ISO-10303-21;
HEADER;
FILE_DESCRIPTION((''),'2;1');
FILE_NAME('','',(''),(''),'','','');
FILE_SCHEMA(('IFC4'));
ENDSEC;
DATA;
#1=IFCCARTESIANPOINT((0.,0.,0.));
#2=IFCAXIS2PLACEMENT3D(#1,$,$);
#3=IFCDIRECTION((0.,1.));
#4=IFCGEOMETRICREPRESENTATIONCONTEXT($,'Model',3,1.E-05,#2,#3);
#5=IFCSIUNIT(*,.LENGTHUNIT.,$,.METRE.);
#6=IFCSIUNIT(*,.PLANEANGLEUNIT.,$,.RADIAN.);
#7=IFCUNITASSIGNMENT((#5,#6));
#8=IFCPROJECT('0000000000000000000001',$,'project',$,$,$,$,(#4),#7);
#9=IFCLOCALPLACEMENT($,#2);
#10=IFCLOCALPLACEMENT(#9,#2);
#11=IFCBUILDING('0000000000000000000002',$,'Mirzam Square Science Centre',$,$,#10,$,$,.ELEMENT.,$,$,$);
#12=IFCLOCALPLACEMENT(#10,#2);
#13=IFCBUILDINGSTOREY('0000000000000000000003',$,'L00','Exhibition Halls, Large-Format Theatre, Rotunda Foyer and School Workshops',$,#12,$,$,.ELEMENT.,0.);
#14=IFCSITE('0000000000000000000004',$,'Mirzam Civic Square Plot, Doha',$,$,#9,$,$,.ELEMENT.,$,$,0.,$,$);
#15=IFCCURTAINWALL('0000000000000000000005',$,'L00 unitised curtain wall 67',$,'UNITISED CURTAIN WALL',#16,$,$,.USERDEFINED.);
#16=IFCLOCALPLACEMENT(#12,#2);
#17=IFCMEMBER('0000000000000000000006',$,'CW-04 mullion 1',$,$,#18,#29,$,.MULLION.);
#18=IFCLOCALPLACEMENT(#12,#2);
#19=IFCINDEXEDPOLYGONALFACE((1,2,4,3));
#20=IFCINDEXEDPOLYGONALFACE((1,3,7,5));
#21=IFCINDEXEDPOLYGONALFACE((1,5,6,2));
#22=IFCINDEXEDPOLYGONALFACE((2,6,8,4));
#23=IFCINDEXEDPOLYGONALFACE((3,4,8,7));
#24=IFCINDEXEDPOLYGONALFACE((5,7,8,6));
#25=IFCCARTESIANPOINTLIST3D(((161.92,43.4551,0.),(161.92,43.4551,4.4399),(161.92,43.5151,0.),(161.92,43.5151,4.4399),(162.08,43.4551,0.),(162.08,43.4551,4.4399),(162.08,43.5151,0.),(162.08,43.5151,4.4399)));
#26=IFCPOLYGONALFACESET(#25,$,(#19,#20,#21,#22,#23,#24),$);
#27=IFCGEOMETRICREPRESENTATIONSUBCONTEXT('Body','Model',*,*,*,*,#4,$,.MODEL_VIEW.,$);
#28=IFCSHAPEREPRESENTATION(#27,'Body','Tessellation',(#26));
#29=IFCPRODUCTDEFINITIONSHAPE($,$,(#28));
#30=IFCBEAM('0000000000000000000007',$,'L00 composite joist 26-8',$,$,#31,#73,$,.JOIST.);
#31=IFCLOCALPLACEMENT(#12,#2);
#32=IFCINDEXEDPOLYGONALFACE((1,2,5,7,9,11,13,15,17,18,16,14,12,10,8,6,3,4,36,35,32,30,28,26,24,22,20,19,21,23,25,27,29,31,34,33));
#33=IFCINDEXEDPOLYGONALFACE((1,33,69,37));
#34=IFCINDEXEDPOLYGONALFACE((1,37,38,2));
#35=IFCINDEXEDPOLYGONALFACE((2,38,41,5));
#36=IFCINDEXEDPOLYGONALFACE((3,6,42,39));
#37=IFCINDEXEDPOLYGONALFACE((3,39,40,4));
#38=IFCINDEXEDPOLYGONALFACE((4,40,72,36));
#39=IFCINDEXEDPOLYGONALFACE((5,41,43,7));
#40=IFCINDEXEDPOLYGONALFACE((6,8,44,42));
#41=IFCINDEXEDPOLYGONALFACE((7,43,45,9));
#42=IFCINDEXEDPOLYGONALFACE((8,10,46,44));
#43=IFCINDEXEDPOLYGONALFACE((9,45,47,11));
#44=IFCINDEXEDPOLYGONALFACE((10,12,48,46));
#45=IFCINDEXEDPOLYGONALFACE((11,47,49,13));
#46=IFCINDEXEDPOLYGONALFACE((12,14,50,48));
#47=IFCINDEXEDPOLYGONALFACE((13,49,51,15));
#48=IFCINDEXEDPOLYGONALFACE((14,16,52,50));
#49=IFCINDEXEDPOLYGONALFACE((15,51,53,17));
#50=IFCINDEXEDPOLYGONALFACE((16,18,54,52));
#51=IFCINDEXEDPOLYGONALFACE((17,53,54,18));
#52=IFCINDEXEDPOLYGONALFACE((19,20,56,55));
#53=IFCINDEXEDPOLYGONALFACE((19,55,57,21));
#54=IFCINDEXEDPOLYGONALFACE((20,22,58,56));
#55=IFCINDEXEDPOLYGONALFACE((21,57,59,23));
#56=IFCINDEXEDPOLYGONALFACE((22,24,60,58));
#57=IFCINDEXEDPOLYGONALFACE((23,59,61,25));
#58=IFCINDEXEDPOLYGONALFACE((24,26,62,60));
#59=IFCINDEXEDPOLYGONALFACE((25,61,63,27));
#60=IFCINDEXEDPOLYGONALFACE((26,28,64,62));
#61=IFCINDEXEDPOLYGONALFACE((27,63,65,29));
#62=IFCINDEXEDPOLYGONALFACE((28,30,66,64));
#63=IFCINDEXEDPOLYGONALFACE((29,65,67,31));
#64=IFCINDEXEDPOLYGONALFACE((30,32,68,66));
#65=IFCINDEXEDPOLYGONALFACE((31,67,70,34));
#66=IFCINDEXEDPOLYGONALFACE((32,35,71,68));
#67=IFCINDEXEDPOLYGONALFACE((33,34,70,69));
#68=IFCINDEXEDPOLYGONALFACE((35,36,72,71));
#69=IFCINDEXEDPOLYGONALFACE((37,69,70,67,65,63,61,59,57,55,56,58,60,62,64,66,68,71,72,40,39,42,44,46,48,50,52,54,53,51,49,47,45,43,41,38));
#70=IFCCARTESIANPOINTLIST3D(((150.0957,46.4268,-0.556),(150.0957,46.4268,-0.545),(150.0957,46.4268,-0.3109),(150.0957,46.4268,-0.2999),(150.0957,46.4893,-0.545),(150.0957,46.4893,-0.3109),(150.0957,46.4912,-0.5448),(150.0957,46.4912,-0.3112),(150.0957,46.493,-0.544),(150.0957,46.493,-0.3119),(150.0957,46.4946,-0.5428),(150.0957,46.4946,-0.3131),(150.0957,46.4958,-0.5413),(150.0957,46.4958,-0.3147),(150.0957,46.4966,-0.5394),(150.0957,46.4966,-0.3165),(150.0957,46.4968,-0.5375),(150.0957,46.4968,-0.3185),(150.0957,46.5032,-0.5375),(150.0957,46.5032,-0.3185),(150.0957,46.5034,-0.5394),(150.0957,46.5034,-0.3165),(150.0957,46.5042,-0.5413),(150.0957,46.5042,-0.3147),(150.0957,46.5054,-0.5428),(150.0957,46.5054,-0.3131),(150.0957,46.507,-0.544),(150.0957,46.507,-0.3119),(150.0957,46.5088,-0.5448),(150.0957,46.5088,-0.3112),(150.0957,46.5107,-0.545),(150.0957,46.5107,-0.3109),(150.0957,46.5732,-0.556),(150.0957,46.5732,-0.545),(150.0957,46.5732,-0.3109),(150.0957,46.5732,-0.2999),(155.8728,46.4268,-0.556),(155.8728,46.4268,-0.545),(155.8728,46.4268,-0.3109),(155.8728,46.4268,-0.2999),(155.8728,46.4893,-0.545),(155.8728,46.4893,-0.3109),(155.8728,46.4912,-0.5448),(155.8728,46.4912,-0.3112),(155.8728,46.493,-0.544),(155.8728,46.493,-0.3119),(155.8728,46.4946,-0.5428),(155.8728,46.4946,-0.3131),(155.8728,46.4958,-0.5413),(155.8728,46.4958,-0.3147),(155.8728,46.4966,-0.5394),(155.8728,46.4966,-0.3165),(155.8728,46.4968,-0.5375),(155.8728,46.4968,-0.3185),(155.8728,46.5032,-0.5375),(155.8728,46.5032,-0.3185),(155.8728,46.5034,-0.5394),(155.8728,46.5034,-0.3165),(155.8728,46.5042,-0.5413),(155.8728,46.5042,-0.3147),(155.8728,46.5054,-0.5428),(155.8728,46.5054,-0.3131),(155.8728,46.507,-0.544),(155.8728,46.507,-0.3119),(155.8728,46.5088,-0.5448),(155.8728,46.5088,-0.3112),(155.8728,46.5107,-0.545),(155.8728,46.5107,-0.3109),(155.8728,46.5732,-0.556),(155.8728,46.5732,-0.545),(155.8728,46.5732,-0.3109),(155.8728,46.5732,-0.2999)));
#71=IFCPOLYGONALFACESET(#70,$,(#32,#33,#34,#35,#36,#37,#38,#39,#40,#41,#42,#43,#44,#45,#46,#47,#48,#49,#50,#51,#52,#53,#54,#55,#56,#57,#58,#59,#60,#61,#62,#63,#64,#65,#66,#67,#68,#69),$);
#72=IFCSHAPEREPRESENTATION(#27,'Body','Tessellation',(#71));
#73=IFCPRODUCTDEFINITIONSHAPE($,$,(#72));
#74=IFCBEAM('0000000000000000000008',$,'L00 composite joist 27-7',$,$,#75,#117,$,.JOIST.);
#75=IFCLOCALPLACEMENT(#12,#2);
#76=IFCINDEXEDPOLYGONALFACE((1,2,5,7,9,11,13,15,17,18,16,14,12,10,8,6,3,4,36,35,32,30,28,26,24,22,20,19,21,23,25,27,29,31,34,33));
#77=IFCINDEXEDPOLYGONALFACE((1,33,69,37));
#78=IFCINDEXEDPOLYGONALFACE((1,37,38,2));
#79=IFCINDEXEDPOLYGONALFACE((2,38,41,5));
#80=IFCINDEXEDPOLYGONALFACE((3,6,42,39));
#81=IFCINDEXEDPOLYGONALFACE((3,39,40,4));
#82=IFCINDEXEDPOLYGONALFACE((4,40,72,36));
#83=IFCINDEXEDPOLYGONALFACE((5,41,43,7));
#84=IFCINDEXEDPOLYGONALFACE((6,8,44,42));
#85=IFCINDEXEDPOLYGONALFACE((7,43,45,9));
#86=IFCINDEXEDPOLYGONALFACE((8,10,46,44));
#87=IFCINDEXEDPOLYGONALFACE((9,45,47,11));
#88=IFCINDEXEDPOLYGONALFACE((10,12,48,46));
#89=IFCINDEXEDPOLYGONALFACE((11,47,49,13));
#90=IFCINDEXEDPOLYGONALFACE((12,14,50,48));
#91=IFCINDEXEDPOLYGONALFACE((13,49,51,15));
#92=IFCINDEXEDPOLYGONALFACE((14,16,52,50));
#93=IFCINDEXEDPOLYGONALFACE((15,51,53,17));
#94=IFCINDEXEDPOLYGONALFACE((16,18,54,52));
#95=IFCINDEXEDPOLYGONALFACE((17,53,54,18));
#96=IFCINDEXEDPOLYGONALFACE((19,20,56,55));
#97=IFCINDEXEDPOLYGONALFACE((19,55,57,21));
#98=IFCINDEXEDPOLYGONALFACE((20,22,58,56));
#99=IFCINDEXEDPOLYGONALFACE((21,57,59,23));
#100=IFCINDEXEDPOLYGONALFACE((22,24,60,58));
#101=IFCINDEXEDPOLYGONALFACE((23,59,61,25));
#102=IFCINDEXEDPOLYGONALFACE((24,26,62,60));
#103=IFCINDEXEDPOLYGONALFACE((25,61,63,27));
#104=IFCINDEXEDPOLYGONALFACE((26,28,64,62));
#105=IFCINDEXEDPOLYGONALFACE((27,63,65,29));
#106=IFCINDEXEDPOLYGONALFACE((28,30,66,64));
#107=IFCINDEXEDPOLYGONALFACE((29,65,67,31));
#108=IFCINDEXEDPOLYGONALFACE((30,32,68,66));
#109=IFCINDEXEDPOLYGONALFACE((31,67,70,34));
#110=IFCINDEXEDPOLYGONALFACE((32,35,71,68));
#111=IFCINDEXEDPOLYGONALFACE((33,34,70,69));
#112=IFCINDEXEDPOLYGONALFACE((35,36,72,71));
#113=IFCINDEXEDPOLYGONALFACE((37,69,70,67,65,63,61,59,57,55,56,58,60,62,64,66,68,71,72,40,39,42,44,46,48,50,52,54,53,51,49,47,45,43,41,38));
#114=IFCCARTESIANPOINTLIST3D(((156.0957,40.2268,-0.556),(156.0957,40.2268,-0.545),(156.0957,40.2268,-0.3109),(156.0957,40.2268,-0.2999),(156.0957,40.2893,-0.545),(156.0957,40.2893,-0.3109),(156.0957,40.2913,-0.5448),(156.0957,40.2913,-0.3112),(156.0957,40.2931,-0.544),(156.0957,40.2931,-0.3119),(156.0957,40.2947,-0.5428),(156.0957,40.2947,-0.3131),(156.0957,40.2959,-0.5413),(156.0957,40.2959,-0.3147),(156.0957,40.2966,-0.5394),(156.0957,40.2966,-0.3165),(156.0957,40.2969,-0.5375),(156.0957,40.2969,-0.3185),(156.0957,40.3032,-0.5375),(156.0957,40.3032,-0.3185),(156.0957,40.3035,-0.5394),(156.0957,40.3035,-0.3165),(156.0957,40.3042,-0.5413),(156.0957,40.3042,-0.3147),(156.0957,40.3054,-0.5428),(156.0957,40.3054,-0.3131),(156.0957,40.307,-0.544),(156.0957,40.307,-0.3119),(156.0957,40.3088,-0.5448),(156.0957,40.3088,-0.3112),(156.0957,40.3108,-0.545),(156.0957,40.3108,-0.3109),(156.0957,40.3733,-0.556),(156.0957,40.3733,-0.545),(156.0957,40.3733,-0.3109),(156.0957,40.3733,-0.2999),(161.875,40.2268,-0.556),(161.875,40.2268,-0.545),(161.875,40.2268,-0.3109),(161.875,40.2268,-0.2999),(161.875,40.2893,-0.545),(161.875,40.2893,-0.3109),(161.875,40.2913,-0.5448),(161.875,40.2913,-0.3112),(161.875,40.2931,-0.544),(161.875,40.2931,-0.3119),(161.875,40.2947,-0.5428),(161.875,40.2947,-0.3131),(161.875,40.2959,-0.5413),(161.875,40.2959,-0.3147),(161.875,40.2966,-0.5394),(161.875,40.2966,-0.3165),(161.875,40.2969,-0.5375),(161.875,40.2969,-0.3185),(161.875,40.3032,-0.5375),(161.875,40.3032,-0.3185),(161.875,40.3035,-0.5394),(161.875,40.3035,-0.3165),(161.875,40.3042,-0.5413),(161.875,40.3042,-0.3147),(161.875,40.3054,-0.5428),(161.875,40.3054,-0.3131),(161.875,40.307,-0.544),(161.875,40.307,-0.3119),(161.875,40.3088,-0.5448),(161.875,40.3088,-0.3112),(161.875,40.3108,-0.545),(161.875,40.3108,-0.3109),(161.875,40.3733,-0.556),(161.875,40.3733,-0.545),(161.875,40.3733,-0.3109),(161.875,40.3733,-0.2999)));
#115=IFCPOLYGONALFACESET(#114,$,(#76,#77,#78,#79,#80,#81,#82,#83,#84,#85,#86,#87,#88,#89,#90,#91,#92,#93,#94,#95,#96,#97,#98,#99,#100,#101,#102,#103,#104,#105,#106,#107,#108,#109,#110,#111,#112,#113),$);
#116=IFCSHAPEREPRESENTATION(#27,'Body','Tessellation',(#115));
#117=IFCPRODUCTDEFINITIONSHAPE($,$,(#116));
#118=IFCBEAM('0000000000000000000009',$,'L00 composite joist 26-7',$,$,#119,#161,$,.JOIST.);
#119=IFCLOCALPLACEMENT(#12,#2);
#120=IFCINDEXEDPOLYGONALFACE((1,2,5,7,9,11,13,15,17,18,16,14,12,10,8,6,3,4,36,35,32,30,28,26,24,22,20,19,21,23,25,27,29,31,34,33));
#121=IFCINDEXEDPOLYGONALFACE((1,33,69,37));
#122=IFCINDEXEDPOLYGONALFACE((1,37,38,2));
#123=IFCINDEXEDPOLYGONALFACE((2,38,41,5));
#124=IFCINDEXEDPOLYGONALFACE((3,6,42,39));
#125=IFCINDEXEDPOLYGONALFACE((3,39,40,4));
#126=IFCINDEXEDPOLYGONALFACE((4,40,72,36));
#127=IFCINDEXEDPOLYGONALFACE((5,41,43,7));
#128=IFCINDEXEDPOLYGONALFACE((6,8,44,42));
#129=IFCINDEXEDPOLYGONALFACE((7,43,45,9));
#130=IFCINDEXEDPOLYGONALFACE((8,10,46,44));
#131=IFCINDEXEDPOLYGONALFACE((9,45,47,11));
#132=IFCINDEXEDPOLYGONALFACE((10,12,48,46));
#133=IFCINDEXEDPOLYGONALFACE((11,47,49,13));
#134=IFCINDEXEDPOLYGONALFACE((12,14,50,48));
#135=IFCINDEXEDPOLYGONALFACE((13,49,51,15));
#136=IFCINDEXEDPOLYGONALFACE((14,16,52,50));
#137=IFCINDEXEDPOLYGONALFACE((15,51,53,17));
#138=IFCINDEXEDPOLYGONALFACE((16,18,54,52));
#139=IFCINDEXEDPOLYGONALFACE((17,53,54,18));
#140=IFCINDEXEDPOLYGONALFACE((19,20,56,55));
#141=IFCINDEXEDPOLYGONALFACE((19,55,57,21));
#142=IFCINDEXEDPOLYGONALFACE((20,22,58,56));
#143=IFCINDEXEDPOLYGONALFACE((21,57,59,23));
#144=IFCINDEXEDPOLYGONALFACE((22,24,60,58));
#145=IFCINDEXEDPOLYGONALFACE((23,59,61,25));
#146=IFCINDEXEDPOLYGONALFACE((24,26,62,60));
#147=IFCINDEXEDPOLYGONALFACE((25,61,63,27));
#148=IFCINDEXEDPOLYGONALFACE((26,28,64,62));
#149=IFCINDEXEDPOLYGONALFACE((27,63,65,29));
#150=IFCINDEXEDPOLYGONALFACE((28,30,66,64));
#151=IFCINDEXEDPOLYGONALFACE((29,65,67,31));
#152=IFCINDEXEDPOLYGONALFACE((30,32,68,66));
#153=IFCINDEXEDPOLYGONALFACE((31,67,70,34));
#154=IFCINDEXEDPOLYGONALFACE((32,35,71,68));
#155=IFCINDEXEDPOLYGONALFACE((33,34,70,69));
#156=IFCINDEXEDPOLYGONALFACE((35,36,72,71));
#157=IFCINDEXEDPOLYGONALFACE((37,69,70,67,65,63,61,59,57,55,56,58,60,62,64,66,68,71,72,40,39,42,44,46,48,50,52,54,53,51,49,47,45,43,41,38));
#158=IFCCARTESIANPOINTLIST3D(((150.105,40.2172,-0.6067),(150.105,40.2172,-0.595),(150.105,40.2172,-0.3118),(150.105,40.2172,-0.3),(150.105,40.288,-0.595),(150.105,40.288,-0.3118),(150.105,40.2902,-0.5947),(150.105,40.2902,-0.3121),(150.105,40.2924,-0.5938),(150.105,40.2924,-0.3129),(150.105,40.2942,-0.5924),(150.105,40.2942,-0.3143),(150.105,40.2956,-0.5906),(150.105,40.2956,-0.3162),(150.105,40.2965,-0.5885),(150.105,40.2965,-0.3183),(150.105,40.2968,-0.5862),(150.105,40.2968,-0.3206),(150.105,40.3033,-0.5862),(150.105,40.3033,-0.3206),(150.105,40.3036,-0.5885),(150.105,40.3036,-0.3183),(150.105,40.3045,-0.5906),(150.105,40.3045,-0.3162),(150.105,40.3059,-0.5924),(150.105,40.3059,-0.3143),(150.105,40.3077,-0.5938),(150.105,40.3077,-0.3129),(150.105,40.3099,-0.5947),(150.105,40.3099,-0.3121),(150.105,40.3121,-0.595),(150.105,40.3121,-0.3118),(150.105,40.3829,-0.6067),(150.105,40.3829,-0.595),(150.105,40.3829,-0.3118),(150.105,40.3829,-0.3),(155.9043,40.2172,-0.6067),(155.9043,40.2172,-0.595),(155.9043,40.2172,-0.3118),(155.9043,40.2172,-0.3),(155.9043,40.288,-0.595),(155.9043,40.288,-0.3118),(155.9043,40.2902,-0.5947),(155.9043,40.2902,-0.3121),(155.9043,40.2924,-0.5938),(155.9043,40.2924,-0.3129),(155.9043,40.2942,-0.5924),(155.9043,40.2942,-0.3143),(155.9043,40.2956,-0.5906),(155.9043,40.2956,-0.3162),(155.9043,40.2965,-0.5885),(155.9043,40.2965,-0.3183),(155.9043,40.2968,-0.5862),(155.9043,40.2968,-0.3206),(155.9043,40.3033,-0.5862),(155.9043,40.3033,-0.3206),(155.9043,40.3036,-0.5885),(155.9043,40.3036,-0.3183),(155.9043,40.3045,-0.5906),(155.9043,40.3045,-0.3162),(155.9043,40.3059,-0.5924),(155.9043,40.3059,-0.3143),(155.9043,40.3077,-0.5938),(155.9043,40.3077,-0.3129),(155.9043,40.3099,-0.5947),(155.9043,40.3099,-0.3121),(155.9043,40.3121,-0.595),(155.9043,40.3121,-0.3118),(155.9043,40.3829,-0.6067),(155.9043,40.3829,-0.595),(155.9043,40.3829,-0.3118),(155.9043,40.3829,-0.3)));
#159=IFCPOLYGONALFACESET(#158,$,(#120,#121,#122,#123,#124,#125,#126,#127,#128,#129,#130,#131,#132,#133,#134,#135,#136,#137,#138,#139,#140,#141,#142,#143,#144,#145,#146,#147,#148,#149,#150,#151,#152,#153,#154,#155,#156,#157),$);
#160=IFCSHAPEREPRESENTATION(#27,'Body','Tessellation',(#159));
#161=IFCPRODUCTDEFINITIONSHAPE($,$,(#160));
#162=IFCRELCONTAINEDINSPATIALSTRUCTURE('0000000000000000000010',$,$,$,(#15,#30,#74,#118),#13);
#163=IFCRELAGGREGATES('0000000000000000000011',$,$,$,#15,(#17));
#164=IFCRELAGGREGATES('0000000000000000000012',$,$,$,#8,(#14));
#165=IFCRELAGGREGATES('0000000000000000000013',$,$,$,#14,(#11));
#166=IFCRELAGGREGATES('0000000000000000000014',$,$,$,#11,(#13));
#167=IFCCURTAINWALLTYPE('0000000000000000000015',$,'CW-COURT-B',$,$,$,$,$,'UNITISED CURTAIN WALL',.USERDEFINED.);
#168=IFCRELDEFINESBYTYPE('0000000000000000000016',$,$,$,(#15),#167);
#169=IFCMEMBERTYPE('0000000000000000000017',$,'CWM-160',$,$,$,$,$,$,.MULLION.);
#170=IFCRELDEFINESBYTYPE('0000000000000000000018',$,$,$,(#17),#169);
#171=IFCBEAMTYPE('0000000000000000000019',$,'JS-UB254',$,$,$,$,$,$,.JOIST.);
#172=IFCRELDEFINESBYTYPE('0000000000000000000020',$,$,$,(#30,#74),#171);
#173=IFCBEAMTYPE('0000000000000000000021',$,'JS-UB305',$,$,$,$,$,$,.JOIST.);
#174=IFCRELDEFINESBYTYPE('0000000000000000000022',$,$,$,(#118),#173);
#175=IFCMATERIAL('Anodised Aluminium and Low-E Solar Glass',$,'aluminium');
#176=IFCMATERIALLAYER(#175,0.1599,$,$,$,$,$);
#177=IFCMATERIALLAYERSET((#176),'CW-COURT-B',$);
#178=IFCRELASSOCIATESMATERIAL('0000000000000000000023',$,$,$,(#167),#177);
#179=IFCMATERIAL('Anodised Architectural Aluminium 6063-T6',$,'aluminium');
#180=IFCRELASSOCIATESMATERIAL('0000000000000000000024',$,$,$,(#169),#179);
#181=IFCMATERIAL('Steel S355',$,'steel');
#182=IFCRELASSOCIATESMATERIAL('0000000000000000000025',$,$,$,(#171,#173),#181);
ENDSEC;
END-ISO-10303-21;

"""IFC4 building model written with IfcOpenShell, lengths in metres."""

from ifc_helpers import new_model, si_unit, direction, frame, origin, origin_2d, place, context, subcontext, project, spatial, rectangle, i_section, extrude, material, layer, layer_set, material_profile, profile_set, type_object, element, aggregate, save


model = new_model("IFC4")

# Units and contexts
model_context = context("Model", 3, precision=1e-05, world=origin(), true_north=direction((0.0, 1.0)))
body_context = subcontext(model_context, "Body", "Model", "MODEL_VIEW")
ifc_project = project(units=[si_unit("LENGTHUNIT", "METRE"), si_unit("PLANEANGLEUNIT", "RADIAN")], contexts=[model_context])

# Site, building, storey
site_placement = place(None, origin())
site = spatial("IfcSite", under=ifc_project, at=site_placement, Name="Mirzam Civic Square Plot, Doha", CompositionType="ELEMENT", RefElevation=0.0)
building_placement = place(site_placement, origin())
building = spatial("IfcBuilding", under=site, at=building_placement, Name="Mirzam Square Science Centre", CompositionType="ELEMENT")
storey_placement = place(building_placement, origin())
storey = spatial("IfcBuildingStorey", under=building, at=storey_placement, Name="L00", Description="Exhibition Halls, Large-Format Theatre, Rotunda Foyer and School Workshops", CompositionType="ELEMENT", Elevation=0.0)

# Shared definitions
ifc_material_1 = material(Name="Steel S355", Category="steel")

# Curtain wall, member
ifc_material_2 = material(Name="Anodised Aluminium and Low-E Solar Glass", Category="aluminium")
ifc_layer_1 = layer(ifc_material_2, 0.1599)
ifc_layer_set_1 = layer_set([ifc_layer_1], Name="CW-COURT-B")
curtain_wall_type = type_object("IfcCurtainWallType", Name="CW-COURT-B", ElementType="UNITISED CURTAIN WALL", PredefinedType="USERDEFINED", material=ifc_layer_set_1)
curtain_wall_placement = place(storey_placement, origin())
curtain_wall = element("IfcCurtainWall", 1, at=curtain_wall_placement, inside=storey, type_object=curtain_wall_type, Name="L00 unitised curtain wall 67", ObjectType="UNITISED CURTAIN WALL", PredefinedType="USERDEFINED")
ifc_material_3 = material(Name="Anodised Architectural Aluminium 6063-T6", Category="aluminium")
ifc_material_profile_1 = material_profile(ifc_material_3, rectangle(XDim=0.0601, YDim=0.1599, at=origin_2d()), Name="ALU-MULL-160x60x4")
ifc_profile_set_1 = profile_set([ifc_material_profile_1], Name="Anodised Architectural Aluminium 6063-T6")
member_type = type_object("IfcMemberType", Name="CWM-160", PredefinedType="MULLION", material=ifc_profile_set_1)
member_placement = place(storey_placement, frame((162.0, 43.4851, 0.0), z_axis=(0.0, 0.0, 1.0), x_axis=(0.0, 1.0, 0.0)))
member = element("IfcMember", 2, at=member_placement, type_object=member_type, Name="CW-04 mullion 1", PredefinedType="MULLION", context=body_context, shape_type="SweptSolid", body=[
    extrude(rectangle(XDim=0.0601, YDim=0.1599, at=origin_2d()), origin(), (0.0, 0.0, 1.0), 4.4399),
])
aggregate(curtain_wall, [member])

# Beams
ifc_material_profile_2 = material_profile(ifc_material_1, i_section(OverallWidth=0.1465, OverallDepth=0.2561, WebThickness=0.0063, FlangeThickness=0.011, FilletRadius=0.0076, at=origin_2d()), Name="254x146x37UB")
ifc_profile_set_2 = profile_set([ifc_material_profile_2], Name="Steel S355")
beam_type_1 = type_object("IfcBeamType", Name="JS-UB254", PredefinedType="JOIST", material=ifc_profile_set_2)
beam_1_placement = place(storey_placement, frame((150.0957, 46.5, -0.428), z_axis=(1.0, 0.0, 0.0), x_axis=(0.0, 1.0, 0.0)))
element("IfcBeam", 3, at=beam_1_placement, inside=storey, type_object=beam_type_1, Name="L00 composite joist 26-8", PredefinedType="JOIST", context=body_context, shape_type="SweptSolid", body=[
    extrude(i_section(OverallWidth=0.1465, OverallDepth=0.2561, WebThickness=0.0063, FlangeThickness=0.011, FilletRadius=0.0076, at=origin_2d()), origin(), (0.0, 0.0, 1.0), 5.7771),
])
beam_2_placement = place(storey_placement, frame((156.0957, 40.3, -0.428), z_axis=(1.0, 0.0, 0.0), x_axis=(0.0, 1.0, 0.0)))
element("IfcBeam", 4, at=beam_2_placement, inside=storey, type_object=beam_type_1, Name="L00 composite joist 27-7", PredefinedType="JOIST", context=body_context, shape_type="SweptSolid", body=[
    extrude(i_section(OverallWidth=0.1465, OverallDepth=0.2561, WebThickness=0.0063, FlangeThickness=0.011, FilletRadius=0.0076, at=origin_2d()), origin(), (0.0, 0.0, 1.0), 5.7793),
])
ifc_material_profile_3 = material_profile(ifc_material_1, i_section(OverallWidth=0.1658, OverallDepth=0.3066, WebThickness=0.0066, FlangeThickness=0.0117, FilletRadius=0.0088, at=origin_2d()), Name="305x165x46UB")
ifc_profile_set_3 = profile_set([ifc_material_profile_3], Name="Steel S355")
beam_type_2 = type_object("IfcBeamType", Name="JS-UB305", PredefinedType="JOIST", material=ifc_profile_set_3)
beam_3_placement = place(storey_placement, frame((150.105, 40.3, -0.4534), z_axis=(1.0, 0.0, 0.0), x_axis=(0.0, 1.0, 0.0)))
element("IfcBeam", 5, at=beam_3_placement, inside=storey, type_object=beam_type_2, Name="L00 composite joist 26-7", PredefinedType="JOIST", context=body_context, shape_type="SweptSolid", body=[
    extrude(i_section(OverallWidth=0.1658, OverallDepth=0.3066, WebThickness=0.0066, FlangeThickness=0.0117, FilletRadius=0.0088, at=origin_2d()), origin(), (0.0, 0.0, 1.0), 5.7993),
])

save(model, "model.ifc")
